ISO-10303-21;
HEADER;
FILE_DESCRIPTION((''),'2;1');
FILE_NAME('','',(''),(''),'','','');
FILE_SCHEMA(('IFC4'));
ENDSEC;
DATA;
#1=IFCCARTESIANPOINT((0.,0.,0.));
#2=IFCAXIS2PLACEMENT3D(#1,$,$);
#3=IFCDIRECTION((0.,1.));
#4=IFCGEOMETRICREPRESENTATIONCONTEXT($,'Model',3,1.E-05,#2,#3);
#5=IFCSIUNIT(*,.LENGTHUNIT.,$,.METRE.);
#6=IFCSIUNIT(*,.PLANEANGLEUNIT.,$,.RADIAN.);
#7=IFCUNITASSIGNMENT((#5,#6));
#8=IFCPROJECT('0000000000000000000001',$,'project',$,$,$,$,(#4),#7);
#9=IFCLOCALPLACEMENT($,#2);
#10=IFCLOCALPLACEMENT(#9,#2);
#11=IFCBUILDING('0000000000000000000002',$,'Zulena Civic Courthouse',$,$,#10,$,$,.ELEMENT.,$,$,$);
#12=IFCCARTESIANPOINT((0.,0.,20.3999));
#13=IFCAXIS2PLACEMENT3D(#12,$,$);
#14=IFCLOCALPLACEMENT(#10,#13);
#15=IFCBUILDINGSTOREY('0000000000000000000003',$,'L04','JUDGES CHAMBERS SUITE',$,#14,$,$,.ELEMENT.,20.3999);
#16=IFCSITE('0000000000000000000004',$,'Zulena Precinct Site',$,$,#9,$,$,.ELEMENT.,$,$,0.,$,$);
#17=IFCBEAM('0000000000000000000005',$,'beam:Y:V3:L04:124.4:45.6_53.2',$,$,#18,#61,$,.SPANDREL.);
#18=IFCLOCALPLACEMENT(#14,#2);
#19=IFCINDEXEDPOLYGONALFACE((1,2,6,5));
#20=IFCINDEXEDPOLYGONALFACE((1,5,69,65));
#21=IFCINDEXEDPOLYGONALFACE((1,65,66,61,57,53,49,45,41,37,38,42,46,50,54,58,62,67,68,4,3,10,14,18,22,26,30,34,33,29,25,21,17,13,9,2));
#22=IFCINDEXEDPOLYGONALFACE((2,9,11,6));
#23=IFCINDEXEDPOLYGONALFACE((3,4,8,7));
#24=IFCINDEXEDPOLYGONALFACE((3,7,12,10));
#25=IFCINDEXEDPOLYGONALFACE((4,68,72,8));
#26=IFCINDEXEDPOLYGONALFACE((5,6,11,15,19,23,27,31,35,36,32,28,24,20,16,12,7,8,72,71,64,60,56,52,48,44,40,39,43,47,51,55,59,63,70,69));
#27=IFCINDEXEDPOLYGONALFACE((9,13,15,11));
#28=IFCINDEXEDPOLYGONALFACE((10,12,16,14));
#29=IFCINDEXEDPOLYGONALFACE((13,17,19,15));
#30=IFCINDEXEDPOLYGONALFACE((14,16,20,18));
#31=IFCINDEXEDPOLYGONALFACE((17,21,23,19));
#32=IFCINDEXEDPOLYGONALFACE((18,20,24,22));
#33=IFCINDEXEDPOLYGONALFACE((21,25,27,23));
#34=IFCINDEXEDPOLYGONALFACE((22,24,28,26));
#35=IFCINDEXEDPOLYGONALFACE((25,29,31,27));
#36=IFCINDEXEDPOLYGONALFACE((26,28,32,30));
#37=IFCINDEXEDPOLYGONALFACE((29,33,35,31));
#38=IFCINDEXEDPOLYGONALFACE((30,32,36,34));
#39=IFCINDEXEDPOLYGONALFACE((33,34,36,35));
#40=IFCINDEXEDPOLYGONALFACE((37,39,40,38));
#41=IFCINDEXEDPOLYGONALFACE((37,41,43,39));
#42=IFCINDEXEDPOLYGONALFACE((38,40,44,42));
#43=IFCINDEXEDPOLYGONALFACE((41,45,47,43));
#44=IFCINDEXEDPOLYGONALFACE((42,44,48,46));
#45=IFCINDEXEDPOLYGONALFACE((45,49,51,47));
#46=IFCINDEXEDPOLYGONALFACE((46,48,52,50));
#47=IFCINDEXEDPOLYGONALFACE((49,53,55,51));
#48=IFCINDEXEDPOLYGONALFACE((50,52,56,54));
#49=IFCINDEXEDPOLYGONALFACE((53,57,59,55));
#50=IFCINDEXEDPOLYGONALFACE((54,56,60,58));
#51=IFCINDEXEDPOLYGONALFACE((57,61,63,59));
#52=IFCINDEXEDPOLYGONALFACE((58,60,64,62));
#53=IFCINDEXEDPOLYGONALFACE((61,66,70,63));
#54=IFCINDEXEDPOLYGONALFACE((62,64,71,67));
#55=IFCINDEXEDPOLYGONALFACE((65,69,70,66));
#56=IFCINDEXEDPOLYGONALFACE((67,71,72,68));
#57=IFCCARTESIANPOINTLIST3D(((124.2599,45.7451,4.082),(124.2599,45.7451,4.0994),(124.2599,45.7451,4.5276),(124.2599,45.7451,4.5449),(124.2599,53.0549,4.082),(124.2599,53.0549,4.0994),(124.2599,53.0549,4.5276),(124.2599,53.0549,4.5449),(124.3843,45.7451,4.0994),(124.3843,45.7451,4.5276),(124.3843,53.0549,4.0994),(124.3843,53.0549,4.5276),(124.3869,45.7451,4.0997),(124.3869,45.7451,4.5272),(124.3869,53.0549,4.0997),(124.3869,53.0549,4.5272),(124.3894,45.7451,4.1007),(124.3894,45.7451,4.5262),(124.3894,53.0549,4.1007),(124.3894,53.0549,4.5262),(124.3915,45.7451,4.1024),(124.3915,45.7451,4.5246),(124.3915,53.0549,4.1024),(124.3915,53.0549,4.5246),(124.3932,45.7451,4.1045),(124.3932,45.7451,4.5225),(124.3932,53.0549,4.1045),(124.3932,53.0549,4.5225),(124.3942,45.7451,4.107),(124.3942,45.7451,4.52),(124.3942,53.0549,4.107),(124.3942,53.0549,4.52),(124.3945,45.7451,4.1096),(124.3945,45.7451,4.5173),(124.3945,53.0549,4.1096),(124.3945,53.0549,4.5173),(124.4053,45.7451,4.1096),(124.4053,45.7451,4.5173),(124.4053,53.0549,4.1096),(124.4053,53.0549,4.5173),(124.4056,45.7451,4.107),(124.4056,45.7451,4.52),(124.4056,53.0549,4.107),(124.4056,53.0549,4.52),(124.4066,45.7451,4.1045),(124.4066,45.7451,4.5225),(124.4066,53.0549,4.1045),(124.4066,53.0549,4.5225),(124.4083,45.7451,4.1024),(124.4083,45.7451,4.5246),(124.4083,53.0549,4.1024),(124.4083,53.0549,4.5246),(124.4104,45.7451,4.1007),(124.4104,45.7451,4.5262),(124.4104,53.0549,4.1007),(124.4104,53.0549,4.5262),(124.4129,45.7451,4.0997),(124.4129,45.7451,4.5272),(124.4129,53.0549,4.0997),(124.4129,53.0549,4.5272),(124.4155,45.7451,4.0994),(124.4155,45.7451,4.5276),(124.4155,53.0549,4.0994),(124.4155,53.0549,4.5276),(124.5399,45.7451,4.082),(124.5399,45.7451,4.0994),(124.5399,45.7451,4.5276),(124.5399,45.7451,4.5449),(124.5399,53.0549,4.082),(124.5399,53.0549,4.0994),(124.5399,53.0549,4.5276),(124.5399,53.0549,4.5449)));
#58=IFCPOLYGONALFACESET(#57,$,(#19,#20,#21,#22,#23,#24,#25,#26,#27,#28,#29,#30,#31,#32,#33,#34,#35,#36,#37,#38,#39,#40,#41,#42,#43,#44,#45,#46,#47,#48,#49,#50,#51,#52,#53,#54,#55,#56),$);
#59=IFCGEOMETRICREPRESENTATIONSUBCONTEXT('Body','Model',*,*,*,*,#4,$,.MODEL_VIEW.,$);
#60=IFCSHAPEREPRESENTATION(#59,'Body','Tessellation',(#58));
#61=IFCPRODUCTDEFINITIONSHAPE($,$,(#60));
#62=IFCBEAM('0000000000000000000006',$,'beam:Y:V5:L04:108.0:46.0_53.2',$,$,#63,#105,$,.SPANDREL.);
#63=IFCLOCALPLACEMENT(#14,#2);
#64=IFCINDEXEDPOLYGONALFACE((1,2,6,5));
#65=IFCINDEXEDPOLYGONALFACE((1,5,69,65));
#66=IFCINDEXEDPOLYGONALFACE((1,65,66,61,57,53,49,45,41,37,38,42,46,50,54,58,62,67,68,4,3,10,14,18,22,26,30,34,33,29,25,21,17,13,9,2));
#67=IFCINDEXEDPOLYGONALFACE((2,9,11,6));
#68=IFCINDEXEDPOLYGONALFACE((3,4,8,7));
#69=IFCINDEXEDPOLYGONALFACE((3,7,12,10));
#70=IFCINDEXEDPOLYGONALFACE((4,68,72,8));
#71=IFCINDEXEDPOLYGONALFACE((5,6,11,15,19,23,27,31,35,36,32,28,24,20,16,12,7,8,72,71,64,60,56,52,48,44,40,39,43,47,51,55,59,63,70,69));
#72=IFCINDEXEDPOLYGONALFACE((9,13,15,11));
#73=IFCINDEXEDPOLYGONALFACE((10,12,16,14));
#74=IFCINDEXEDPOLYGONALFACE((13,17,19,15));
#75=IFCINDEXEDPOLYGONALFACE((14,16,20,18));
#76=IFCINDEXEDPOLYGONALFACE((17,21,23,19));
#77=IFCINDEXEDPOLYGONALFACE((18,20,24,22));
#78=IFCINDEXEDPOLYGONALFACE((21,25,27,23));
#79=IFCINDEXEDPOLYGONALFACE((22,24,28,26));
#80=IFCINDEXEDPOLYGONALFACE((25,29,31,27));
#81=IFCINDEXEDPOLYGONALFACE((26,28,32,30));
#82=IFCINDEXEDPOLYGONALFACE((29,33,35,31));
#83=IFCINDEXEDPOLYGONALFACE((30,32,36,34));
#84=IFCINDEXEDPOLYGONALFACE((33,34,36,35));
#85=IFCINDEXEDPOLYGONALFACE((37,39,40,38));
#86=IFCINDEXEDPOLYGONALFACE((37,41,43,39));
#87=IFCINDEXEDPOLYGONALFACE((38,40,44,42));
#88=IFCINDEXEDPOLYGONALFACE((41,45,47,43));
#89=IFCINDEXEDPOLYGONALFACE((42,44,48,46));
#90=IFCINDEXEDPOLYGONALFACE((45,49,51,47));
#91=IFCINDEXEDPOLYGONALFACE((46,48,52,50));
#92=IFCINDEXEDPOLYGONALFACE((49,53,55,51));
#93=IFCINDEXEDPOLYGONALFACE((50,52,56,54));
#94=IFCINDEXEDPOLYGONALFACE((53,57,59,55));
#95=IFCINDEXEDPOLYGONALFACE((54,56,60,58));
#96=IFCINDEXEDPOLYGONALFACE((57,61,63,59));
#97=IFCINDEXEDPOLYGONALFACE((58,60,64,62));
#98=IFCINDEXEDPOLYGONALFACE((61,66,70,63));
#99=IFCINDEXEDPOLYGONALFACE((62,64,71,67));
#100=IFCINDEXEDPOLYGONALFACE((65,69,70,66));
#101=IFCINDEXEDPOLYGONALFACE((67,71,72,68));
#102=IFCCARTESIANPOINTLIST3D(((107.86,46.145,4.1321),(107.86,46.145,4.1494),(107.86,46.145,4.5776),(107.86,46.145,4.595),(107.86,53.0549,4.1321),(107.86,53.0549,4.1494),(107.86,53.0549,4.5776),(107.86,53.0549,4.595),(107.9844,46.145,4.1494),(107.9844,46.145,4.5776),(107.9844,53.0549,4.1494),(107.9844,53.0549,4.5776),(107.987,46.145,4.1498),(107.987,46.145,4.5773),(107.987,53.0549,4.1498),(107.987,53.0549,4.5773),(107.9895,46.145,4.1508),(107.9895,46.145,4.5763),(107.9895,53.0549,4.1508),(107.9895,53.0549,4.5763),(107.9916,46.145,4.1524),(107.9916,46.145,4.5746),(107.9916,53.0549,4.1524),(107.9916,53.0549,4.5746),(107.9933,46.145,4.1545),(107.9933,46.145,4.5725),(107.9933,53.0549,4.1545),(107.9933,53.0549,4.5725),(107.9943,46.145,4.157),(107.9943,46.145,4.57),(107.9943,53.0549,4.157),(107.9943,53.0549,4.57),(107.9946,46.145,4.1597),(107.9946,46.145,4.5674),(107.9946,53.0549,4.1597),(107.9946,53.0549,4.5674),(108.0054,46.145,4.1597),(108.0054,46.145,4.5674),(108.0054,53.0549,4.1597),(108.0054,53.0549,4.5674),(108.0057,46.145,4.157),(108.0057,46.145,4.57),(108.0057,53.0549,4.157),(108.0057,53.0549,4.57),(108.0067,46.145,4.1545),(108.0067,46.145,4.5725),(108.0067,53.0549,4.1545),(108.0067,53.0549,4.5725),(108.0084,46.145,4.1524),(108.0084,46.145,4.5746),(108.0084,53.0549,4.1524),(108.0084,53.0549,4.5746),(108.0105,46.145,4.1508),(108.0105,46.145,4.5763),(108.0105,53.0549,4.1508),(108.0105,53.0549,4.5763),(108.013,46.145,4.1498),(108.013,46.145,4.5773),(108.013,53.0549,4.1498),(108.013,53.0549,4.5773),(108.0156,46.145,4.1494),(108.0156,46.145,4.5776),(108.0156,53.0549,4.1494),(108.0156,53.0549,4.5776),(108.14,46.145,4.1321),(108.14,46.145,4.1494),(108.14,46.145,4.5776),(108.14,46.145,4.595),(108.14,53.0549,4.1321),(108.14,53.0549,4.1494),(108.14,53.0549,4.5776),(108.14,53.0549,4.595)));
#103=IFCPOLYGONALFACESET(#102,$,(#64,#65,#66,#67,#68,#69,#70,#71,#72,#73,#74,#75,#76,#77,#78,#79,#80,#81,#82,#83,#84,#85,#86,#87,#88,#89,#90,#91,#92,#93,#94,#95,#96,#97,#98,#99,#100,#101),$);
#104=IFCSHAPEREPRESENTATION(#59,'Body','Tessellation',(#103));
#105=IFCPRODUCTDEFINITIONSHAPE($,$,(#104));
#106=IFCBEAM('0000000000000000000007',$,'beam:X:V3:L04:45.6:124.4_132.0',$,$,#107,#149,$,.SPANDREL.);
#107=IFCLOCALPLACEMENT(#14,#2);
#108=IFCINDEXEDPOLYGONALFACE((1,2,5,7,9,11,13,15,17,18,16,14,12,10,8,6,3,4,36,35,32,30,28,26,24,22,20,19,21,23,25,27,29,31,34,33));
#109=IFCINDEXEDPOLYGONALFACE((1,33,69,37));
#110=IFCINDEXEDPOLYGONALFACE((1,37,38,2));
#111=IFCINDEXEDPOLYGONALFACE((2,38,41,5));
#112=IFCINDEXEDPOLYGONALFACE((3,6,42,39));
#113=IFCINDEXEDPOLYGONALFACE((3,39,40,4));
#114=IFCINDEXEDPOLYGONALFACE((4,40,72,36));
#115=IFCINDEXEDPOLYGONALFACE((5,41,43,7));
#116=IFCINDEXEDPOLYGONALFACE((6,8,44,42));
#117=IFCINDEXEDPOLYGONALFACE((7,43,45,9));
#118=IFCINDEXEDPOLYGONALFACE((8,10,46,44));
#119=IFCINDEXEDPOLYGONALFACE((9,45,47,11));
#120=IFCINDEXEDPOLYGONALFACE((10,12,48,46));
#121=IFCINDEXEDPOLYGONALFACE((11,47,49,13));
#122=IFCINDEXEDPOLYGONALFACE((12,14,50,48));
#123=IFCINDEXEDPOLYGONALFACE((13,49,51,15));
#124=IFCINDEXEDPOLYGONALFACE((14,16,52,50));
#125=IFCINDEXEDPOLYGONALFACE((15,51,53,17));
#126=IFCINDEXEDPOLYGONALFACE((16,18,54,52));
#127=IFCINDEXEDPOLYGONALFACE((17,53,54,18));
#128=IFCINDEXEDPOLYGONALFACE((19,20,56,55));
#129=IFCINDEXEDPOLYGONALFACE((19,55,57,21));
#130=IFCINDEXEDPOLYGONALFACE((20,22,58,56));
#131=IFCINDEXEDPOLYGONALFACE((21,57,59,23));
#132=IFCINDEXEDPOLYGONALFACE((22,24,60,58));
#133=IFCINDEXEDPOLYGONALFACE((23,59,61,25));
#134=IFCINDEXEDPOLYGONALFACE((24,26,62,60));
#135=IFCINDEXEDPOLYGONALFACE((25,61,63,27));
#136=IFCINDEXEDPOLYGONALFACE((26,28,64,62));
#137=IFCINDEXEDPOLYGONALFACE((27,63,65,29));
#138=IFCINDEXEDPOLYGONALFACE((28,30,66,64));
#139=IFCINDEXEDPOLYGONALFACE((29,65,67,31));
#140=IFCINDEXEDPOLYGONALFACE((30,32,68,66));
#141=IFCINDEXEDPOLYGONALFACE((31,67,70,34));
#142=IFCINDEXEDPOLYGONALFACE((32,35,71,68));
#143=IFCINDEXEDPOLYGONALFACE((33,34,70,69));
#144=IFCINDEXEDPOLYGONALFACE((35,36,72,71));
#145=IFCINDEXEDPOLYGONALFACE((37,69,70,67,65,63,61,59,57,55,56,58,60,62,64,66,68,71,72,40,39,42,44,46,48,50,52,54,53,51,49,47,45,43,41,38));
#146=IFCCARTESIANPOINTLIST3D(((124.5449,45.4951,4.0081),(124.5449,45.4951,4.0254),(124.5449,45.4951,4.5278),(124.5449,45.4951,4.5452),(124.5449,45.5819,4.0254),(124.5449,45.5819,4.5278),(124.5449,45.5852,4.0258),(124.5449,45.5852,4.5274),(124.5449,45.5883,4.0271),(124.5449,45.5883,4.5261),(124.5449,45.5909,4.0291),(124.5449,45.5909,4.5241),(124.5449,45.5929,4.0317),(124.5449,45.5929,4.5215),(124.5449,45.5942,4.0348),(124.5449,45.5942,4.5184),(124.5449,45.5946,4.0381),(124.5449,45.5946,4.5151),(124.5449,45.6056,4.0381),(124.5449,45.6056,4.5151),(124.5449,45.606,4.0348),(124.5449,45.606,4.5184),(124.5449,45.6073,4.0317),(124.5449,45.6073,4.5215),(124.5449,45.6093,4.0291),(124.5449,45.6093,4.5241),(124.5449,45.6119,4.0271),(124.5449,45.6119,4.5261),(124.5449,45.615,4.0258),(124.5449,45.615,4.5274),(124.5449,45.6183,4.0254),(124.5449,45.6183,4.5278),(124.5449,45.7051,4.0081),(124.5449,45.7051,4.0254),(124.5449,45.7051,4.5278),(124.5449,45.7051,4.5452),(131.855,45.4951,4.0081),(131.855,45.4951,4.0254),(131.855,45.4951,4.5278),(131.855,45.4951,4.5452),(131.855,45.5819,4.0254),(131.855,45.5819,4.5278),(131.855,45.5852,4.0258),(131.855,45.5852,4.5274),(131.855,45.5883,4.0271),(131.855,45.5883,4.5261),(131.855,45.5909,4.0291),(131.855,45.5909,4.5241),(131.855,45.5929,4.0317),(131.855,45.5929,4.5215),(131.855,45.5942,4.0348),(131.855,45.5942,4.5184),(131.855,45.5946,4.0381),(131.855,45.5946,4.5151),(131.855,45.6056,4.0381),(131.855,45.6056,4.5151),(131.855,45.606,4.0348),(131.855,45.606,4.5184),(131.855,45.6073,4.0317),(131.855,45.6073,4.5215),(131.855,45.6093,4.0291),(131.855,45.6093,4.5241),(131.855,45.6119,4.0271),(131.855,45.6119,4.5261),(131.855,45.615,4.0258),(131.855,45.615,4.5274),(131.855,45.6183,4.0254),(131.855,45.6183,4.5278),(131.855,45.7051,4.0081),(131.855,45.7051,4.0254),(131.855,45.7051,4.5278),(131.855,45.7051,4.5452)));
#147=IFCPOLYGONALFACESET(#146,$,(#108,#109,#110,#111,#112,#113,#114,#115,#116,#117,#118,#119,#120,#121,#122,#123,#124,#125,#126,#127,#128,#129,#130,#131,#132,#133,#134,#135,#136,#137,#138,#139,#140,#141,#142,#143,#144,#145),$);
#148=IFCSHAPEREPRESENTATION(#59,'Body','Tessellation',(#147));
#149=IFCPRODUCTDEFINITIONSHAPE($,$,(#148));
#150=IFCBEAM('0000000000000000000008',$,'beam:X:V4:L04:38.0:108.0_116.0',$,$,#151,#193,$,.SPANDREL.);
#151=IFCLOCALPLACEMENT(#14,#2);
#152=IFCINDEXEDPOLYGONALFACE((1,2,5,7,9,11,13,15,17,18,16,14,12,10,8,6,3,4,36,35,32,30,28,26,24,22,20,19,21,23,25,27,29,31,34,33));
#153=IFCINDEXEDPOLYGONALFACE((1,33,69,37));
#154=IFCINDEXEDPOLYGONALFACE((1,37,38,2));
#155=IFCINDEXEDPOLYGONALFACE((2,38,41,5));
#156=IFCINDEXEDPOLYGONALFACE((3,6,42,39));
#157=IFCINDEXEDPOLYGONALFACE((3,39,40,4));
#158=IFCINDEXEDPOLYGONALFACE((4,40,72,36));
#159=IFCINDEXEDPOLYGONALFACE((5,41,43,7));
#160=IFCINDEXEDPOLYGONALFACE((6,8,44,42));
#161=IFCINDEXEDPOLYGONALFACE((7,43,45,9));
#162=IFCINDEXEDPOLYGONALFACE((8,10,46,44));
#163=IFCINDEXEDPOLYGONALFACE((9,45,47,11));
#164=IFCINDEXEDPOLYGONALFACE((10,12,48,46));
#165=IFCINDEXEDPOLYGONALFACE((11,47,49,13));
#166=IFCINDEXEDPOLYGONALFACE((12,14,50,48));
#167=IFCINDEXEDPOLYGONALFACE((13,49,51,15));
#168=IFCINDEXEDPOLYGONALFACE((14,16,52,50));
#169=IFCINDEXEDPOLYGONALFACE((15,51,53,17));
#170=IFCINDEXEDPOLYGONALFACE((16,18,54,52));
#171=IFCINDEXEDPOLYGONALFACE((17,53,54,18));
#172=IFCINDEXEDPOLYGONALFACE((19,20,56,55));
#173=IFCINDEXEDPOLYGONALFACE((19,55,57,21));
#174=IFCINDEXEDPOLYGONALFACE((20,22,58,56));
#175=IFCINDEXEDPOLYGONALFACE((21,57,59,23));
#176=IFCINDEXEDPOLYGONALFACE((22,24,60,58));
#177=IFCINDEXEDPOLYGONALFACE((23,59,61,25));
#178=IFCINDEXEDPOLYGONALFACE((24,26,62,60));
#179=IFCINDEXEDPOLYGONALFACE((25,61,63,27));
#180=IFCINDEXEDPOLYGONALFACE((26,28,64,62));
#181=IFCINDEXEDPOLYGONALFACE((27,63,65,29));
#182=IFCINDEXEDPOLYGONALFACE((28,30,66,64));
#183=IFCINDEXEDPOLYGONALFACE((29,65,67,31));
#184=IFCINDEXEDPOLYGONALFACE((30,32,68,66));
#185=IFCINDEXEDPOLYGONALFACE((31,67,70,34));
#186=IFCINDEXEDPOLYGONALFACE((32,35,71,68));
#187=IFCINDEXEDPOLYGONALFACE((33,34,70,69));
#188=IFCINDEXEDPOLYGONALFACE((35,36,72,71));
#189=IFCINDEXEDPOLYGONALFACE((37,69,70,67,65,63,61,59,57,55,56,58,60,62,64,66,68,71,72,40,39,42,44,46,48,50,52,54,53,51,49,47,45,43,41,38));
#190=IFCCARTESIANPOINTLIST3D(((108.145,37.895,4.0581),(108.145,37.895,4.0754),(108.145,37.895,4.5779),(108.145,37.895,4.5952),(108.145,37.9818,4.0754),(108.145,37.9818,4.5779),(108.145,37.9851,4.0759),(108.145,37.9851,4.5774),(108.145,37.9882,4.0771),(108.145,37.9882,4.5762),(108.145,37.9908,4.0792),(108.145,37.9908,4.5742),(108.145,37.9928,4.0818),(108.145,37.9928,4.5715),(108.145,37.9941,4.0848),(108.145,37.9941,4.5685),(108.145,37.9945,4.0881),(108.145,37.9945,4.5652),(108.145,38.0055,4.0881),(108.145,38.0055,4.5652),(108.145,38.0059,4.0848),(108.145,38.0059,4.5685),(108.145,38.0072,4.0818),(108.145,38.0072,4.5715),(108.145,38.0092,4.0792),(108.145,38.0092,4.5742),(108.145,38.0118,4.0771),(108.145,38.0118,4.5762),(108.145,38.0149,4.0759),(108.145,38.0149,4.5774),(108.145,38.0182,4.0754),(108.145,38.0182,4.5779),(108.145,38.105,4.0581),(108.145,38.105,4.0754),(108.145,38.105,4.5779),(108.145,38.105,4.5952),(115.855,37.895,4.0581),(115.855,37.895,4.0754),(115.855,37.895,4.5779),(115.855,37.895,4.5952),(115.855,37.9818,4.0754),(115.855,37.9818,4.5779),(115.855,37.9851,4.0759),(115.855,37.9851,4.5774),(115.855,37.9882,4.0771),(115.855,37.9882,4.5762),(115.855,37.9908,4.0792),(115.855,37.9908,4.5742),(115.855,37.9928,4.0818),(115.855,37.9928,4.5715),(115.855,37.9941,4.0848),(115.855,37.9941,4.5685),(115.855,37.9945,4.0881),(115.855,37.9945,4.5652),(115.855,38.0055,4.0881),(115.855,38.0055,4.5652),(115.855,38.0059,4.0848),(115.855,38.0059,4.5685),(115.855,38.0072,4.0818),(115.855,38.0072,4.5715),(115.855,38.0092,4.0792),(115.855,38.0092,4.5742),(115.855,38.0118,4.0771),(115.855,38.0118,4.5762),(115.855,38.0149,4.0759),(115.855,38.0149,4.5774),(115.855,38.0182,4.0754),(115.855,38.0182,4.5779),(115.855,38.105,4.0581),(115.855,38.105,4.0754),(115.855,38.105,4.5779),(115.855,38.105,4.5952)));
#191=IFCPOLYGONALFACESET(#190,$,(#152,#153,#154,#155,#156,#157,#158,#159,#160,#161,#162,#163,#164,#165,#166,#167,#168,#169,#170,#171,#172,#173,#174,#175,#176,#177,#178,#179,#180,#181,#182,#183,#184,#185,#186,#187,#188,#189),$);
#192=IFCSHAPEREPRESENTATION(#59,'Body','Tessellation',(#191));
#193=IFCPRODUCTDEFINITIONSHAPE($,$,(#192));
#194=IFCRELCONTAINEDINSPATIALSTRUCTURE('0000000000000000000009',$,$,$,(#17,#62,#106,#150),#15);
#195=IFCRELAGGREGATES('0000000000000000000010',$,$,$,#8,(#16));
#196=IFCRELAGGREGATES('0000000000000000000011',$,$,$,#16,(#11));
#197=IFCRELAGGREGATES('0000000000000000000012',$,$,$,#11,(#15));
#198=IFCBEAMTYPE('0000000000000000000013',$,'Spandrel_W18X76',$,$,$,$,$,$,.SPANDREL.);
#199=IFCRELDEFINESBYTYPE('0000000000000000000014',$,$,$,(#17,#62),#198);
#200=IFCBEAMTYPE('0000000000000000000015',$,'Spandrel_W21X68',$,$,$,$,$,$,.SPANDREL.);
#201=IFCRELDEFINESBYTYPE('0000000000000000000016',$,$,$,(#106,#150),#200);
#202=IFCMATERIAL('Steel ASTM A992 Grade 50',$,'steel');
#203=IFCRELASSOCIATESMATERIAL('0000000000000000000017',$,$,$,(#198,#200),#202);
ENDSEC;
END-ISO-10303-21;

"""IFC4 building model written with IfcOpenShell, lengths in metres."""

from ifc_helpers import new_model, si_unit, direction, frame, origin, origin_2d, place, context, subcontext, project, spatial, i_section, extrude, material, material_profile, profile_set, type_object, element, save


model = new_model("IFC4")

# Units and contexts
model_context = context("Model", 3, precision=1e-05, world=origin(), true_north=direction((0.0, 1.0)))
body_context = subcontext(model_context, "Body", "Model", "MODEL_VIEW")
ifc_project = project(units=[si_unit("LENGTHUNIT", "METRE"), si_unit("PLANEANGLEUNIT", "RADIAN")], contexts=[model_context])

# Site, building, storey
site_placement = place(None, origin())
site = spatial("IfcSite", under=ifc_project, at=site_placement, Name="Zulena Precinct Site", CompositionType="ELEMENT", RefElevation=0.0)
building_placement = place(site_placement, origin())
building = spatial("IfcBuilding", under=site, at=building_placement, Name="Zulena Civic Courthouse", CompositionType="ELEMENT")
storey_placement = place(building_placement, frame((0.0, 0.0, 20.3999)))
storey = spatial("IfcBuildingStorey", under=building, at=storey_placement, Name="L04", Description="JUDGES CHAMBERS SUITE", CompositionType="ELEMENT", Elevation=20.3999)

# Shared definitions
ifc_material_1 = material(Name="Steel ASTM A992 Grade 50", Category="steel")

# Beams
ifc_material_profile_1 = material_profile(ifc_material_1, i_section(OverallWidth=0.28, OverallDepth=0.4629, WebThickness=0.0107, FlangeThickness=0.0173, FilletRadius=0.0103, at=origin_2d()), Name="W18X76")
ifc_profile_set_1 = profile_set([ifc_material_profile_1], Name="Steel ASTM A992 Grade 50")
beam_type_1 = type_object("IfcBeamType", Name="Spandrel_W18X76", PredefinedType="SPANDREL", material=ifc_profile_set_1)
beam_1_placement = place(storey_placement, frame((124.3999, 45.7451, 4.3135), z_axis=(0.0, 1.0, 0.0), x_axis=(-1.0, 0.0, 0.0)))
element("IfcBeam", 1, at=beam_1_placement, inside=storey, type_object=beam_type_1, Name="beam:Y:V3:L04:124.4:45.6_53.2", PredefinedType="SPANDREL", context=body_context, shape_type="SweptSolid", body=[
    extrude(i_section(OverallWidth=0.28, OverallDepth=0.4629, WebThickness=0.0107, FlangeThickness=0.0173, FilletRadius=0.0103, at=origin_2d()), origin(), (0.0, 0.0, 1.0), 7.3098),
])
beam_2_placement = place(storey_placement, frame((108.0, 46.145, 4.3635), z_axis=(0.0, 1.0, 0.0), x_axis=(-1.0, 0.0, 0.0)))
element("IfcBeam", 2, at=beam_2_placement, inside=storey, type_object=beam_type_1, Name="beam:Y:V5:L04:108.0:46.0_53.2", PredefinedType="SPANDREL", context=body_context, shape_type="SweptSolid", body=[
    extrude(i_section(OverallWidth=0.28, OverallDepth=0.4629, WebThickness=0.0107, FlangeThickness=0.0173, FilletRadius=0.0103, at=origin_2d()), origin(), (0.0, 0.0, 1.0), 6.9099),
])
ifc_material_profile_2 = material_profile(ifc_material_1, i_section(OverallWidth=0.21, OverallDepth=0.5371, WebThickness=0.011, FlangeThickness=0.0173, FilletRadius=0.0127, at=origin_2d()), Name="W21X68")
ifc_profile_set_2 = profile_set([ifc_material_profile_2], Name="Steel ASTM A992 Grade 50")
beam_type_2 = type_object("IfcBeamType", Name="Spandrel_W21X68", PredefinedType="SPANDREL", material=ifc_profile_set_2)
beam_3_placement = place(storey_placement, frame((124.5449, 45.6001, 4.2766), z_axis=(1.0, 0.0, 0.0), x_axis=(0.0, 1.0, 0.0)))
element("IfcBeam", 3, at=beam_3_placement, inside=storey, type_object=beam_type_2, Name="beam:X:V3:L04:45.6:124.4_132.0", PredefinedType="SPANDREL", context=body_context, shape_type="SweptSolid", body=[
    extrude(i_section(OverallWidth=0.21, OverallDepth=0.5371, WebThickness=0.011, FlangeThickness=0.0173, FilletRadius=0.0127, at=origin_2d()), origin(), (0.0, 0.0, 1.0), 7.3101),
])
for number, where, z_axis, x_axis, name in (
    (4, (108.145, 38.0, 4.3267), (1.0, 0.0, 0.0), (0.0, 1.0, 0.0), "beam:X:V4:L04:38.0:108.0_116.0"),
):
    element("IfcBeam", number, at=place(storey_placement, frame(where, z_axis=z_axis, x_axis=x_axis)), inside=storey, type_object=beam_type_2, Name=name, PredefinedType="SPANDREL", context=body_context, shape_type="SweptSolid", body=[
        extrude(i_section(OverallWidth=0.21, OverallDepth=0.5371, WebThickness=0.011, FlangeThickness=0.0173, FilletRadius=0.0127, at=origin_2d()), origin(), (0.0, 0.0, 1.0), 7.71),
    ])

save(model, "model.ifc")
